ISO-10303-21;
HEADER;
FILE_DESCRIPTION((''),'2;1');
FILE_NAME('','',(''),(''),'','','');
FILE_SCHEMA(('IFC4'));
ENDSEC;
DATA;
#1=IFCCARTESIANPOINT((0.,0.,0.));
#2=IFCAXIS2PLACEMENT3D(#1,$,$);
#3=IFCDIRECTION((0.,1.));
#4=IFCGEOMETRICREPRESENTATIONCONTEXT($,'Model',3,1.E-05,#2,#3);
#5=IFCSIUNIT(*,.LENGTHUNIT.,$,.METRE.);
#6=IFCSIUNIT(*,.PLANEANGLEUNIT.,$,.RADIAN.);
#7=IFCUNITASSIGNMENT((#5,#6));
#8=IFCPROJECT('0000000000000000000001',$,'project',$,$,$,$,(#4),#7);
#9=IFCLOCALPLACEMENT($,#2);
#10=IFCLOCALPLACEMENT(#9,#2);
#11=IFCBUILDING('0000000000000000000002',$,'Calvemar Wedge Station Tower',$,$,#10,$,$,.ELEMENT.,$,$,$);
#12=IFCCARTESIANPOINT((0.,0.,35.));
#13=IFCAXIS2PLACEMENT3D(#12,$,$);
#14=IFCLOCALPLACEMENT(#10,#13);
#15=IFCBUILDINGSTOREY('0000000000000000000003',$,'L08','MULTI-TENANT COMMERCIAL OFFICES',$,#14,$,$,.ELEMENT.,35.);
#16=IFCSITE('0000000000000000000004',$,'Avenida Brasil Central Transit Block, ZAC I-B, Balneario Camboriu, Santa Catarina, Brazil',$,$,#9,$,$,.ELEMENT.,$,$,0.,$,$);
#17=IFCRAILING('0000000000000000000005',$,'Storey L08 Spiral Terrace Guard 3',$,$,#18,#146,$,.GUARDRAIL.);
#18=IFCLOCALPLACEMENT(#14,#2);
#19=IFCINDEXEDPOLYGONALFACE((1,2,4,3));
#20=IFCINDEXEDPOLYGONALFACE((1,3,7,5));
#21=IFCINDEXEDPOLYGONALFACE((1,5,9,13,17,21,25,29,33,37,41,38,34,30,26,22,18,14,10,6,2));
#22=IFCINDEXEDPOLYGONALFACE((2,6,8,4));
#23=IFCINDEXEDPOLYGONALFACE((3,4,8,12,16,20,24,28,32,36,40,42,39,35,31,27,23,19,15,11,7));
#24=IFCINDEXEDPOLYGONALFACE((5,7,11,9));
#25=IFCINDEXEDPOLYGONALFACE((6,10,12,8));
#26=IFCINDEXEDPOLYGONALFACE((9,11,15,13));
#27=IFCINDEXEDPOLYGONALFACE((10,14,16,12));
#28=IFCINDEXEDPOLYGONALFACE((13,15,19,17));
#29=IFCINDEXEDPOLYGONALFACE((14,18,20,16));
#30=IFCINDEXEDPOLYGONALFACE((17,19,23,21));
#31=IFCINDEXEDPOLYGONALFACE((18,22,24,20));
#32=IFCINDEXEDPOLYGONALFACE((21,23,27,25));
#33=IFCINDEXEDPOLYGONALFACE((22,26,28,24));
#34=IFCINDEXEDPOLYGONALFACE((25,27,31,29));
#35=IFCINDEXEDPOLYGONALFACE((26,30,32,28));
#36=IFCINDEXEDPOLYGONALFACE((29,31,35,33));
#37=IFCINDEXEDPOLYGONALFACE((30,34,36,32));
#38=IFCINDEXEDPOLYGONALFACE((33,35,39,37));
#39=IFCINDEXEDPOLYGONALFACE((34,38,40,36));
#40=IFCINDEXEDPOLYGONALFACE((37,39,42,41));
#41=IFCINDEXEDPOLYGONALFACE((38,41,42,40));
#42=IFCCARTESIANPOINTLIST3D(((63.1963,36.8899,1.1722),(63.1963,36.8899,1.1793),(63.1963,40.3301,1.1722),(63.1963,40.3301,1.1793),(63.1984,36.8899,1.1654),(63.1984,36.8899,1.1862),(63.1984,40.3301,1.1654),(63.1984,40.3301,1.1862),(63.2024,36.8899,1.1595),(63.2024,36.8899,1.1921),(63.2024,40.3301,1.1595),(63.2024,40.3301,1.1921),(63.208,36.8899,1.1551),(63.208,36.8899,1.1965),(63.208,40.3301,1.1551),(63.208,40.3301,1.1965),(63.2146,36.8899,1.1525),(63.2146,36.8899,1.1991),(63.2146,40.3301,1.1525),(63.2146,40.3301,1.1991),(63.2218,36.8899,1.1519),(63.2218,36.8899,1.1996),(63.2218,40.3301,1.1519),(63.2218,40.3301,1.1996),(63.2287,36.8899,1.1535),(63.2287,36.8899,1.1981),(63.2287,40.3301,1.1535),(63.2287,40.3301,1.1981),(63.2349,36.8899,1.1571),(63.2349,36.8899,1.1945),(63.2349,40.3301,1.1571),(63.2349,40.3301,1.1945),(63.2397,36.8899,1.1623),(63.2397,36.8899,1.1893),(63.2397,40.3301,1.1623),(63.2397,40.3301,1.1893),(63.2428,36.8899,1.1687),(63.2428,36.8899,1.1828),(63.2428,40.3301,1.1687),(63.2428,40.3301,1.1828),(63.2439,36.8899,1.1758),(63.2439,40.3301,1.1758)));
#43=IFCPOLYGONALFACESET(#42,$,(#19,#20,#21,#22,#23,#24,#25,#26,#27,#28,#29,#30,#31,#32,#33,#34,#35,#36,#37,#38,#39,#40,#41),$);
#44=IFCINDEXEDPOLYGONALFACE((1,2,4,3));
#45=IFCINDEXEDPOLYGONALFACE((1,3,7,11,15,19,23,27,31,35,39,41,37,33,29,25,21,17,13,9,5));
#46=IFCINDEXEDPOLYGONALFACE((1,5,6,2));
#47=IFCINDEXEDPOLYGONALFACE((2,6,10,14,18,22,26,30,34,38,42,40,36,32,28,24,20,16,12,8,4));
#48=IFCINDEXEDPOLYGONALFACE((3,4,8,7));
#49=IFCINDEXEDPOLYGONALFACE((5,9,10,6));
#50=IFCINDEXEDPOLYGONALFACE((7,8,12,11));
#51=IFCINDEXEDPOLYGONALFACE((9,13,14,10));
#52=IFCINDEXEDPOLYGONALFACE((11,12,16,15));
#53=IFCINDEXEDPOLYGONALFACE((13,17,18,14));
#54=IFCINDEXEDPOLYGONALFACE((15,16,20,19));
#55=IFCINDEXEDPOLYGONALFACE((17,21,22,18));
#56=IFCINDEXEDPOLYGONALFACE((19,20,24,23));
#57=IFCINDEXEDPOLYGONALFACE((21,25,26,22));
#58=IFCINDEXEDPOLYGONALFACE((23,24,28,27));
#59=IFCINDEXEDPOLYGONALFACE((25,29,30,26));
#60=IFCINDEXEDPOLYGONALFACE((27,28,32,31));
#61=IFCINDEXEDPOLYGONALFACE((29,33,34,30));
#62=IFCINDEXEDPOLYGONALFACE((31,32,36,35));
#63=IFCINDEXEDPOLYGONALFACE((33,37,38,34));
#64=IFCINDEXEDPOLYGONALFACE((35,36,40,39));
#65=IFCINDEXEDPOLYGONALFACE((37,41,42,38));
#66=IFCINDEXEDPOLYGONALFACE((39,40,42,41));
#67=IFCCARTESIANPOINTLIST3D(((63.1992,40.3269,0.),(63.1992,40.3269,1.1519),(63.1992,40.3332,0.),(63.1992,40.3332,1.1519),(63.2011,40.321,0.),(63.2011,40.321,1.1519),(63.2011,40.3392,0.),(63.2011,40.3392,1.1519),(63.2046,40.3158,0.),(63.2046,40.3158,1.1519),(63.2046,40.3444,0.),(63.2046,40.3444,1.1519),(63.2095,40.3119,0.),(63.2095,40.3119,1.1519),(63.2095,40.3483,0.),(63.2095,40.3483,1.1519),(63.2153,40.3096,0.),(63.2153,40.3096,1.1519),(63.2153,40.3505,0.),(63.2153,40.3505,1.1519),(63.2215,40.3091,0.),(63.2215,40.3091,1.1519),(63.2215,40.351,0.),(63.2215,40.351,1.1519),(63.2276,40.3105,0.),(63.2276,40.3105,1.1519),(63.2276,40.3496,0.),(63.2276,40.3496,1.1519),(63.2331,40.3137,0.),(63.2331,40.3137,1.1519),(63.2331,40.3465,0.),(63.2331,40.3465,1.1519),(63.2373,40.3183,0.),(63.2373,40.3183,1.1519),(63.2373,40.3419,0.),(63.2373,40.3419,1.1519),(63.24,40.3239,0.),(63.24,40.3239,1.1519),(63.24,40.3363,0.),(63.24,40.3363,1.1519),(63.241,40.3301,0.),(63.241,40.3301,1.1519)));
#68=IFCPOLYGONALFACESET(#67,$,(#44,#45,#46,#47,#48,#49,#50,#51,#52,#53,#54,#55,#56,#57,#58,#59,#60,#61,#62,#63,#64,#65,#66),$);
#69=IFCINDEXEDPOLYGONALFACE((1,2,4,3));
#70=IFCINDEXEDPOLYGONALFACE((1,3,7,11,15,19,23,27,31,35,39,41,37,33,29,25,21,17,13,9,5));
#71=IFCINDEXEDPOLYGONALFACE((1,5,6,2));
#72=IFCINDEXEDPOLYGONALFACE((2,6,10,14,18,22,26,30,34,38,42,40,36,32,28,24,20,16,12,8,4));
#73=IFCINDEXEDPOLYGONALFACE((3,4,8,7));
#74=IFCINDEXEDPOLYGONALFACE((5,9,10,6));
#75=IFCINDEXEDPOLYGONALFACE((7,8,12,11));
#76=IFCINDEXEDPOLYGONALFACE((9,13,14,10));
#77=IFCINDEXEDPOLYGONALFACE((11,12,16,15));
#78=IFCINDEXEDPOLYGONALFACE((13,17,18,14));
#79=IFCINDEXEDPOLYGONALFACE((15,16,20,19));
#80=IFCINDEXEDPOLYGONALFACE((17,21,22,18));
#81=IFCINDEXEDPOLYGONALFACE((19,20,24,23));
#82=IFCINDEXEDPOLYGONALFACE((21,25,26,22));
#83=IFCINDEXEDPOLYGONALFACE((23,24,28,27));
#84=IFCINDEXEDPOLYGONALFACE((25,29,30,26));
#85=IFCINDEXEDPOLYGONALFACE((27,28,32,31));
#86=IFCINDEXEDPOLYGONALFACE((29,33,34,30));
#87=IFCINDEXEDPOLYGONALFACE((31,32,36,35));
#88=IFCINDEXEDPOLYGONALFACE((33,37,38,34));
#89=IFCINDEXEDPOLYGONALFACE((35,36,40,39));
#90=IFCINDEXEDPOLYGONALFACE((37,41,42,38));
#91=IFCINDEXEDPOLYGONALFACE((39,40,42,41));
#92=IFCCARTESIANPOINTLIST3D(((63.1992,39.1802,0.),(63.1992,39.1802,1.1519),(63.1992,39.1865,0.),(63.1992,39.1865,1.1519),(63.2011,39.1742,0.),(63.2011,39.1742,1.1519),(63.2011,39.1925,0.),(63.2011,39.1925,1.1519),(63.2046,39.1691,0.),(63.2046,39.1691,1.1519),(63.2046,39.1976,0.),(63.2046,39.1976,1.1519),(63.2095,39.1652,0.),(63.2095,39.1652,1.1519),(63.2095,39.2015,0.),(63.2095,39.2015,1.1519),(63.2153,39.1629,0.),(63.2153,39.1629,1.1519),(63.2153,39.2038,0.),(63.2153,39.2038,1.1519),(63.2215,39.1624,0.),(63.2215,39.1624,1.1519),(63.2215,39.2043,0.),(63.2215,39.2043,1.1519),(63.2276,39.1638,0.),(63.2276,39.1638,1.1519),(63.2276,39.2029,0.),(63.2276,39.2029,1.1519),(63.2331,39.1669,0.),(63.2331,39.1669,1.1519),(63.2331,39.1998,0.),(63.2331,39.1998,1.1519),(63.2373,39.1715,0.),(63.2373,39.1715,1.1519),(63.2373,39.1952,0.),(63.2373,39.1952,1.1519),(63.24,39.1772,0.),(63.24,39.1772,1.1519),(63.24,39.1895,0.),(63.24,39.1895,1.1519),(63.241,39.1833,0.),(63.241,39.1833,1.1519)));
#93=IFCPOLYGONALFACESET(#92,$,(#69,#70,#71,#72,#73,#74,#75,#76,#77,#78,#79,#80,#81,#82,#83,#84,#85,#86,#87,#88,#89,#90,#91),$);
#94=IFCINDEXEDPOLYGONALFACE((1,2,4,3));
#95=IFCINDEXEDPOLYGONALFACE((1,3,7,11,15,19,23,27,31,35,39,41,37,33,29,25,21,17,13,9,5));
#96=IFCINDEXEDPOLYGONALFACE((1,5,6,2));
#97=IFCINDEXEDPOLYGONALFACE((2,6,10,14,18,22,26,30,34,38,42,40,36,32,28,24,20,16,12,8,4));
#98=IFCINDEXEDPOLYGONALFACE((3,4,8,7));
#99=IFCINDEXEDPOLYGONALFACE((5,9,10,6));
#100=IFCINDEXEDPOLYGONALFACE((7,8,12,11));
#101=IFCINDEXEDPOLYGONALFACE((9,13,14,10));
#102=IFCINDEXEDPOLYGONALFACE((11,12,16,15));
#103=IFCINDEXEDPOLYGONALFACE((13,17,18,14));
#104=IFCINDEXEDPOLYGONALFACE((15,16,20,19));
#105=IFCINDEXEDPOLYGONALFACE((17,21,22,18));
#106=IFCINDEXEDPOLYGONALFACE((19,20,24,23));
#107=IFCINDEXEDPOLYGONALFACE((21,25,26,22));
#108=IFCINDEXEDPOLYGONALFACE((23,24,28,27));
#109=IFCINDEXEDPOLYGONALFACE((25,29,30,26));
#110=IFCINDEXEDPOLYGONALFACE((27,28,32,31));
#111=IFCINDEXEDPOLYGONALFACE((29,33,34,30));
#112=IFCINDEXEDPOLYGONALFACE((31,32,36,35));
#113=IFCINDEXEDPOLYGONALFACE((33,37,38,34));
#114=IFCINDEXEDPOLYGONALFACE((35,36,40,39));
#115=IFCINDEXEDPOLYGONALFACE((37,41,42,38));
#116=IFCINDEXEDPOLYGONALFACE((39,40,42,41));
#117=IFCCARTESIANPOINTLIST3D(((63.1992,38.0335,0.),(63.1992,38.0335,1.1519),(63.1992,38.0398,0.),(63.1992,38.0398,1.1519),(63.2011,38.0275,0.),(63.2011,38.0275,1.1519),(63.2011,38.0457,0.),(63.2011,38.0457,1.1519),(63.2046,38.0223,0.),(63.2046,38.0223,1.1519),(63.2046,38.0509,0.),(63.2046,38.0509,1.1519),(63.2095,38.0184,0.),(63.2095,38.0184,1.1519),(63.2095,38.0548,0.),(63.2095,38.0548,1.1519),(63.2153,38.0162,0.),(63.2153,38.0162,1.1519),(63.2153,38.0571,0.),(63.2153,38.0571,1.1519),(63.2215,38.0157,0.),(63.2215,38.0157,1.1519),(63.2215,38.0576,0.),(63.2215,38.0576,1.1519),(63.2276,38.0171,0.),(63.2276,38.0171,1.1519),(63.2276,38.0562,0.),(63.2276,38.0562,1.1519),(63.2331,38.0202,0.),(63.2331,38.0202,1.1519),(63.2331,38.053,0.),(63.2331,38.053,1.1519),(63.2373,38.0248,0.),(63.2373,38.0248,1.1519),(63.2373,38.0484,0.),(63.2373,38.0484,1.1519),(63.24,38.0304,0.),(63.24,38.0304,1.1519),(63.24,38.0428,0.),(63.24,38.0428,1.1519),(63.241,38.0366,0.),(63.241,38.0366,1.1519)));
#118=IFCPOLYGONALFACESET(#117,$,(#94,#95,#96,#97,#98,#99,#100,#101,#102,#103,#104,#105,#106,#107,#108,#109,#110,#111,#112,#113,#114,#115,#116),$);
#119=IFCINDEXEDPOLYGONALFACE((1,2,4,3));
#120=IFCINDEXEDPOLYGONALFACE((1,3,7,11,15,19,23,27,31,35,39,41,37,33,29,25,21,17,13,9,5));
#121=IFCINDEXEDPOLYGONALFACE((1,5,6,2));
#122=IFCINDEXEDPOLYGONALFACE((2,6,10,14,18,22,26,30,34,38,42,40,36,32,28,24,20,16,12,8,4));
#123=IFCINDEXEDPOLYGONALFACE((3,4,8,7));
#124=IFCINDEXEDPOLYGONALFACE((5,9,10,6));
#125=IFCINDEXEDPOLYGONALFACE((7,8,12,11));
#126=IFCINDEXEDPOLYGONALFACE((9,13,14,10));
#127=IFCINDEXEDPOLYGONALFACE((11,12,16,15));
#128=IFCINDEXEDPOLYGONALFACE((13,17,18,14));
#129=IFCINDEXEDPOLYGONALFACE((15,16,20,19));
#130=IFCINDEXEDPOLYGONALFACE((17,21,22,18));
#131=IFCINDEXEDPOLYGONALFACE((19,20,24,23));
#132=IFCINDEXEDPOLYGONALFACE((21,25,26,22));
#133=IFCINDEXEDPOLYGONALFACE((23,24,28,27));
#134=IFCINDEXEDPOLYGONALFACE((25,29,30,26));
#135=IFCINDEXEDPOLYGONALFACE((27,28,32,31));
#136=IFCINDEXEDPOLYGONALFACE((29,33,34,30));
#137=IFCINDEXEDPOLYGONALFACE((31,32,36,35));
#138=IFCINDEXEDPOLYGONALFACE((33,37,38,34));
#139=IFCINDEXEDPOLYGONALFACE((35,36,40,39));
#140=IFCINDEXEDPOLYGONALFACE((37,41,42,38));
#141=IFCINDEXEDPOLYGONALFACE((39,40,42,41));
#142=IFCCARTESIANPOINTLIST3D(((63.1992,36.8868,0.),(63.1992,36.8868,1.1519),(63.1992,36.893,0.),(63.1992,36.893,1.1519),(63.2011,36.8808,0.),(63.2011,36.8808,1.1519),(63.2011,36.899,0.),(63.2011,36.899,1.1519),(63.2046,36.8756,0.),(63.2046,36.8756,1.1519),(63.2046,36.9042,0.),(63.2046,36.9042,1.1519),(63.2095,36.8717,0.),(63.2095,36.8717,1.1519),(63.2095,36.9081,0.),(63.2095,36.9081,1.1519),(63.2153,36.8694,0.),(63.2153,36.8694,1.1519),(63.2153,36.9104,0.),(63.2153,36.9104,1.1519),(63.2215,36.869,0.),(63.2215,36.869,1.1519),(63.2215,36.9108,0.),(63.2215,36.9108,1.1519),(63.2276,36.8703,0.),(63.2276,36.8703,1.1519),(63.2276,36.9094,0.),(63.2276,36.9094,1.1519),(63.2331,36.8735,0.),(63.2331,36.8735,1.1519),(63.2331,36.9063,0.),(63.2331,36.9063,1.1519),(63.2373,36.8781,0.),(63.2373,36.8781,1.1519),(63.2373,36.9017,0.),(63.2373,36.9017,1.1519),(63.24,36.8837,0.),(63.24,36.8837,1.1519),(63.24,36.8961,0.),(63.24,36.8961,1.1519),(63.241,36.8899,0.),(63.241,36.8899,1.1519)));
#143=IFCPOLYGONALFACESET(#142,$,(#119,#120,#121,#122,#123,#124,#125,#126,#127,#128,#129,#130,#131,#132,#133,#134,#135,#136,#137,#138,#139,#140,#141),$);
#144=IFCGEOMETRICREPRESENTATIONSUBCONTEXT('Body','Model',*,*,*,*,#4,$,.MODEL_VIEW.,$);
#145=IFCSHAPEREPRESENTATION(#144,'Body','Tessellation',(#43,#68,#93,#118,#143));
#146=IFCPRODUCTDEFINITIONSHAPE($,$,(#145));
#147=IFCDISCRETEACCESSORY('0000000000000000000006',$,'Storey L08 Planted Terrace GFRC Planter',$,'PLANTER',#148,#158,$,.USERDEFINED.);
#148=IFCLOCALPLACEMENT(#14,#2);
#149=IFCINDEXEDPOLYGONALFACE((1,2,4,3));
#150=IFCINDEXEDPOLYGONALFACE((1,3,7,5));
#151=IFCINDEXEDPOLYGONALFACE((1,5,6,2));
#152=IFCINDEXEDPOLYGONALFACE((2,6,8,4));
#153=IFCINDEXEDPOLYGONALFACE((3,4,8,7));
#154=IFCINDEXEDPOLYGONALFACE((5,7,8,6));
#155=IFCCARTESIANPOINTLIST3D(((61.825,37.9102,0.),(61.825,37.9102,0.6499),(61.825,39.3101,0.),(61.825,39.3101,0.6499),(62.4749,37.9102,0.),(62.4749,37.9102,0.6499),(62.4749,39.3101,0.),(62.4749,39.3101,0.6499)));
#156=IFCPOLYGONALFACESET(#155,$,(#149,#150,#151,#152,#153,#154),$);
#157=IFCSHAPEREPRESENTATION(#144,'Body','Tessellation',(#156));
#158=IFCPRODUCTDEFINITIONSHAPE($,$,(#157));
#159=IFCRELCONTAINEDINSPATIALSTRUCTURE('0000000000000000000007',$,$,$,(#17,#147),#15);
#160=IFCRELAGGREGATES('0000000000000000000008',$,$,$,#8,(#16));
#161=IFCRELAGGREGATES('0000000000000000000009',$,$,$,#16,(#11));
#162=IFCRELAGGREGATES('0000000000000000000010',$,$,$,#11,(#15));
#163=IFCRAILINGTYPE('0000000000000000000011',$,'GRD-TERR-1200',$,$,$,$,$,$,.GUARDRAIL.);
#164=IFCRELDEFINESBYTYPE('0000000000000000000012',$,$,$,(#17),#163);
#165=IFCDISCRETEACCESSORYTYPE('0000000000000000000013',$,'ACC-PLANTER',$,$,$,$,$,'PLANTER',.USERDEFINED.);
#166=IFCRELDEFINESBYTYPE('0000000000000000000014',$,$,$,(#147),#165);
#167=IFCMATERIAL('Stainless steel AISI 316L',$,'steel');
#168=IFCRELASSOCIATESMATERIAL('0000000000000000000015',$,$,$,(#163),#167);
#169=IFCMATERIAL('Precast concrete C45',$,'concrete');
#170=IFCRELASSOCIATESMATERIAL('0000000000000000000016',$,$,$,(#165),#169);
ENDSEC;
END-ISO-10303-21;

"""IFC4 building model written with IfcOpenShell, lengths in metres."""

from ifc_helpers import new_model, si_unit, direction, frame, origin, origin_2d, place, context, subcontext, project, spatial, rectangle, circle, extrude, source, transform, mapped, material, type_object, element, save


model = new_model("IFC4")

# Units and contexts
model_context = context("Model", 3, precision=1e-05, world=origin(), true_north=direction((0.0, 1.0)))
body_context = subcontext(model_context, "Body", "Model", "MODEL_VIEW")
ifc_project = project(units=[si_unit("LENGTHUNIT", "METRE"), si_unit("PLANEANGLEUNIT", "RADIAN")], contexts=[model_context])

# Site, building, storey
site_placement = place(None, origin())
site = spatial("IfcSite", under=ifc_project, at=site_placement, Name="Avenida Brasil Central Transit Block, ZAC I-B, Balneario Camboriu, Santa Catarina, Brazil", CompositionType="ELEMENT", RefElevation=0.0)
building_placement = place(site_placement, origin())
building = spatial("IfcBuilding", under=site, at=building_placement, Name="Calvemar Wedge Station Tower", CompositionType="ELEMENT")
storey_placement = place(building_placement, frame((0.0, 0.0, 35.0)))
storey = spatial("IfcBuildingStorey", under=building, at=storey_placement, Name="L08", Description="MULTI-TENANT COMMERCIAL OFFICES", CompositionType="ELEMENT", Elevation=35.0)

# Shared definitions
ifc_material_1 = material(Name="Precast concrete C45", Category="concrete")

# Railing
ifc_material_2 = material(Name="Stainless steel AISI 316L", Category="steel")
railing_type = type_object("IfcRailingType", Name="GRD-TERR-1200", PredefinedType="GUARDRAIL", material=ifc_material_2)
railing_1_placement = place(storey_placement, frame((63.22, 40.3301, 0.0)))
element("IfcRailing", 1, at=railing_1_placement, inside=storey, type_object=railing_type, Name="Storey L08 Spiral Terrace Guard 3", PredefinedType="GUARDRAIL", context=body_context, shape_type="SweptSolid", body=[
    extrude(circle(Radius=0.0239, at=origin_2d()), frame((0.0, 0.0, 1.1758), z_axis=(0.0, -1.0, 0.0), x_axis=(1.0, 0.0, 0.0)), (0.0, 0.0, 1.0), 3.4402),
    extrude(circle(Radius=0.021, at=origin_2d()), origin(), (0.0, 0.0, 1.0), 1.1519),
    extrude(circle(Radius=0.021, at=origin_2d()), frame((0.0, -1.1467, 0.0)), (0.0, 0.0, 1.0), 1.1519),
    extrude(circle(Radius=0.021, at=origin_2d()), frame((0.0, -2.2935, 0.0)), (0.0, 0.0, 1.0), 1.1519),
    extrude(circle(Radius=0.021, at=origin_2d()), frame((0.0, -3.4402, 0.0)), (0.0, 0.0, 1.0), 1.1519),
])

# Discrete accessory
discrete_accessory_type = type_object("IfcDiscreteAccessoryType", Name="ACC-PLANTER", ElementType="PLANTER", PredefinedType="USERDEFINED", material=ifc_material_1)
shared_shape_1 = source(origin(), body_context, "Body", "SweptSolid", [
    extrude(rectangle(XDim=0.6499, YDim=1.3999, at=origin_2d()), origin(), (0.0, 0.0, 1.0), 0.6499),
])
discrete_accessory_placement = place(storey_placement, frame((62.1499, 38.6101, 0.0), z_axis=(0.0, 0.0, 1.0), x_axis=(1.0, 0.0, 0.0)))
element("IfcDiscreteAccessory", 2, at=discrete_accessory_placement, inside=storey, type_object=discrete_accessory_type, Name="Storey L08 Planted Terrace GFRC Planter", ObjectType="PLANTER", PredefinedType="USERDEFINED", context=body_context, shape_type="MappedRepresentation", body=[
    mapped(shared_shape_1, transform((0.0, 0.0, 0.0), scale=1.0)),
])

save(model, "model.ifc")
